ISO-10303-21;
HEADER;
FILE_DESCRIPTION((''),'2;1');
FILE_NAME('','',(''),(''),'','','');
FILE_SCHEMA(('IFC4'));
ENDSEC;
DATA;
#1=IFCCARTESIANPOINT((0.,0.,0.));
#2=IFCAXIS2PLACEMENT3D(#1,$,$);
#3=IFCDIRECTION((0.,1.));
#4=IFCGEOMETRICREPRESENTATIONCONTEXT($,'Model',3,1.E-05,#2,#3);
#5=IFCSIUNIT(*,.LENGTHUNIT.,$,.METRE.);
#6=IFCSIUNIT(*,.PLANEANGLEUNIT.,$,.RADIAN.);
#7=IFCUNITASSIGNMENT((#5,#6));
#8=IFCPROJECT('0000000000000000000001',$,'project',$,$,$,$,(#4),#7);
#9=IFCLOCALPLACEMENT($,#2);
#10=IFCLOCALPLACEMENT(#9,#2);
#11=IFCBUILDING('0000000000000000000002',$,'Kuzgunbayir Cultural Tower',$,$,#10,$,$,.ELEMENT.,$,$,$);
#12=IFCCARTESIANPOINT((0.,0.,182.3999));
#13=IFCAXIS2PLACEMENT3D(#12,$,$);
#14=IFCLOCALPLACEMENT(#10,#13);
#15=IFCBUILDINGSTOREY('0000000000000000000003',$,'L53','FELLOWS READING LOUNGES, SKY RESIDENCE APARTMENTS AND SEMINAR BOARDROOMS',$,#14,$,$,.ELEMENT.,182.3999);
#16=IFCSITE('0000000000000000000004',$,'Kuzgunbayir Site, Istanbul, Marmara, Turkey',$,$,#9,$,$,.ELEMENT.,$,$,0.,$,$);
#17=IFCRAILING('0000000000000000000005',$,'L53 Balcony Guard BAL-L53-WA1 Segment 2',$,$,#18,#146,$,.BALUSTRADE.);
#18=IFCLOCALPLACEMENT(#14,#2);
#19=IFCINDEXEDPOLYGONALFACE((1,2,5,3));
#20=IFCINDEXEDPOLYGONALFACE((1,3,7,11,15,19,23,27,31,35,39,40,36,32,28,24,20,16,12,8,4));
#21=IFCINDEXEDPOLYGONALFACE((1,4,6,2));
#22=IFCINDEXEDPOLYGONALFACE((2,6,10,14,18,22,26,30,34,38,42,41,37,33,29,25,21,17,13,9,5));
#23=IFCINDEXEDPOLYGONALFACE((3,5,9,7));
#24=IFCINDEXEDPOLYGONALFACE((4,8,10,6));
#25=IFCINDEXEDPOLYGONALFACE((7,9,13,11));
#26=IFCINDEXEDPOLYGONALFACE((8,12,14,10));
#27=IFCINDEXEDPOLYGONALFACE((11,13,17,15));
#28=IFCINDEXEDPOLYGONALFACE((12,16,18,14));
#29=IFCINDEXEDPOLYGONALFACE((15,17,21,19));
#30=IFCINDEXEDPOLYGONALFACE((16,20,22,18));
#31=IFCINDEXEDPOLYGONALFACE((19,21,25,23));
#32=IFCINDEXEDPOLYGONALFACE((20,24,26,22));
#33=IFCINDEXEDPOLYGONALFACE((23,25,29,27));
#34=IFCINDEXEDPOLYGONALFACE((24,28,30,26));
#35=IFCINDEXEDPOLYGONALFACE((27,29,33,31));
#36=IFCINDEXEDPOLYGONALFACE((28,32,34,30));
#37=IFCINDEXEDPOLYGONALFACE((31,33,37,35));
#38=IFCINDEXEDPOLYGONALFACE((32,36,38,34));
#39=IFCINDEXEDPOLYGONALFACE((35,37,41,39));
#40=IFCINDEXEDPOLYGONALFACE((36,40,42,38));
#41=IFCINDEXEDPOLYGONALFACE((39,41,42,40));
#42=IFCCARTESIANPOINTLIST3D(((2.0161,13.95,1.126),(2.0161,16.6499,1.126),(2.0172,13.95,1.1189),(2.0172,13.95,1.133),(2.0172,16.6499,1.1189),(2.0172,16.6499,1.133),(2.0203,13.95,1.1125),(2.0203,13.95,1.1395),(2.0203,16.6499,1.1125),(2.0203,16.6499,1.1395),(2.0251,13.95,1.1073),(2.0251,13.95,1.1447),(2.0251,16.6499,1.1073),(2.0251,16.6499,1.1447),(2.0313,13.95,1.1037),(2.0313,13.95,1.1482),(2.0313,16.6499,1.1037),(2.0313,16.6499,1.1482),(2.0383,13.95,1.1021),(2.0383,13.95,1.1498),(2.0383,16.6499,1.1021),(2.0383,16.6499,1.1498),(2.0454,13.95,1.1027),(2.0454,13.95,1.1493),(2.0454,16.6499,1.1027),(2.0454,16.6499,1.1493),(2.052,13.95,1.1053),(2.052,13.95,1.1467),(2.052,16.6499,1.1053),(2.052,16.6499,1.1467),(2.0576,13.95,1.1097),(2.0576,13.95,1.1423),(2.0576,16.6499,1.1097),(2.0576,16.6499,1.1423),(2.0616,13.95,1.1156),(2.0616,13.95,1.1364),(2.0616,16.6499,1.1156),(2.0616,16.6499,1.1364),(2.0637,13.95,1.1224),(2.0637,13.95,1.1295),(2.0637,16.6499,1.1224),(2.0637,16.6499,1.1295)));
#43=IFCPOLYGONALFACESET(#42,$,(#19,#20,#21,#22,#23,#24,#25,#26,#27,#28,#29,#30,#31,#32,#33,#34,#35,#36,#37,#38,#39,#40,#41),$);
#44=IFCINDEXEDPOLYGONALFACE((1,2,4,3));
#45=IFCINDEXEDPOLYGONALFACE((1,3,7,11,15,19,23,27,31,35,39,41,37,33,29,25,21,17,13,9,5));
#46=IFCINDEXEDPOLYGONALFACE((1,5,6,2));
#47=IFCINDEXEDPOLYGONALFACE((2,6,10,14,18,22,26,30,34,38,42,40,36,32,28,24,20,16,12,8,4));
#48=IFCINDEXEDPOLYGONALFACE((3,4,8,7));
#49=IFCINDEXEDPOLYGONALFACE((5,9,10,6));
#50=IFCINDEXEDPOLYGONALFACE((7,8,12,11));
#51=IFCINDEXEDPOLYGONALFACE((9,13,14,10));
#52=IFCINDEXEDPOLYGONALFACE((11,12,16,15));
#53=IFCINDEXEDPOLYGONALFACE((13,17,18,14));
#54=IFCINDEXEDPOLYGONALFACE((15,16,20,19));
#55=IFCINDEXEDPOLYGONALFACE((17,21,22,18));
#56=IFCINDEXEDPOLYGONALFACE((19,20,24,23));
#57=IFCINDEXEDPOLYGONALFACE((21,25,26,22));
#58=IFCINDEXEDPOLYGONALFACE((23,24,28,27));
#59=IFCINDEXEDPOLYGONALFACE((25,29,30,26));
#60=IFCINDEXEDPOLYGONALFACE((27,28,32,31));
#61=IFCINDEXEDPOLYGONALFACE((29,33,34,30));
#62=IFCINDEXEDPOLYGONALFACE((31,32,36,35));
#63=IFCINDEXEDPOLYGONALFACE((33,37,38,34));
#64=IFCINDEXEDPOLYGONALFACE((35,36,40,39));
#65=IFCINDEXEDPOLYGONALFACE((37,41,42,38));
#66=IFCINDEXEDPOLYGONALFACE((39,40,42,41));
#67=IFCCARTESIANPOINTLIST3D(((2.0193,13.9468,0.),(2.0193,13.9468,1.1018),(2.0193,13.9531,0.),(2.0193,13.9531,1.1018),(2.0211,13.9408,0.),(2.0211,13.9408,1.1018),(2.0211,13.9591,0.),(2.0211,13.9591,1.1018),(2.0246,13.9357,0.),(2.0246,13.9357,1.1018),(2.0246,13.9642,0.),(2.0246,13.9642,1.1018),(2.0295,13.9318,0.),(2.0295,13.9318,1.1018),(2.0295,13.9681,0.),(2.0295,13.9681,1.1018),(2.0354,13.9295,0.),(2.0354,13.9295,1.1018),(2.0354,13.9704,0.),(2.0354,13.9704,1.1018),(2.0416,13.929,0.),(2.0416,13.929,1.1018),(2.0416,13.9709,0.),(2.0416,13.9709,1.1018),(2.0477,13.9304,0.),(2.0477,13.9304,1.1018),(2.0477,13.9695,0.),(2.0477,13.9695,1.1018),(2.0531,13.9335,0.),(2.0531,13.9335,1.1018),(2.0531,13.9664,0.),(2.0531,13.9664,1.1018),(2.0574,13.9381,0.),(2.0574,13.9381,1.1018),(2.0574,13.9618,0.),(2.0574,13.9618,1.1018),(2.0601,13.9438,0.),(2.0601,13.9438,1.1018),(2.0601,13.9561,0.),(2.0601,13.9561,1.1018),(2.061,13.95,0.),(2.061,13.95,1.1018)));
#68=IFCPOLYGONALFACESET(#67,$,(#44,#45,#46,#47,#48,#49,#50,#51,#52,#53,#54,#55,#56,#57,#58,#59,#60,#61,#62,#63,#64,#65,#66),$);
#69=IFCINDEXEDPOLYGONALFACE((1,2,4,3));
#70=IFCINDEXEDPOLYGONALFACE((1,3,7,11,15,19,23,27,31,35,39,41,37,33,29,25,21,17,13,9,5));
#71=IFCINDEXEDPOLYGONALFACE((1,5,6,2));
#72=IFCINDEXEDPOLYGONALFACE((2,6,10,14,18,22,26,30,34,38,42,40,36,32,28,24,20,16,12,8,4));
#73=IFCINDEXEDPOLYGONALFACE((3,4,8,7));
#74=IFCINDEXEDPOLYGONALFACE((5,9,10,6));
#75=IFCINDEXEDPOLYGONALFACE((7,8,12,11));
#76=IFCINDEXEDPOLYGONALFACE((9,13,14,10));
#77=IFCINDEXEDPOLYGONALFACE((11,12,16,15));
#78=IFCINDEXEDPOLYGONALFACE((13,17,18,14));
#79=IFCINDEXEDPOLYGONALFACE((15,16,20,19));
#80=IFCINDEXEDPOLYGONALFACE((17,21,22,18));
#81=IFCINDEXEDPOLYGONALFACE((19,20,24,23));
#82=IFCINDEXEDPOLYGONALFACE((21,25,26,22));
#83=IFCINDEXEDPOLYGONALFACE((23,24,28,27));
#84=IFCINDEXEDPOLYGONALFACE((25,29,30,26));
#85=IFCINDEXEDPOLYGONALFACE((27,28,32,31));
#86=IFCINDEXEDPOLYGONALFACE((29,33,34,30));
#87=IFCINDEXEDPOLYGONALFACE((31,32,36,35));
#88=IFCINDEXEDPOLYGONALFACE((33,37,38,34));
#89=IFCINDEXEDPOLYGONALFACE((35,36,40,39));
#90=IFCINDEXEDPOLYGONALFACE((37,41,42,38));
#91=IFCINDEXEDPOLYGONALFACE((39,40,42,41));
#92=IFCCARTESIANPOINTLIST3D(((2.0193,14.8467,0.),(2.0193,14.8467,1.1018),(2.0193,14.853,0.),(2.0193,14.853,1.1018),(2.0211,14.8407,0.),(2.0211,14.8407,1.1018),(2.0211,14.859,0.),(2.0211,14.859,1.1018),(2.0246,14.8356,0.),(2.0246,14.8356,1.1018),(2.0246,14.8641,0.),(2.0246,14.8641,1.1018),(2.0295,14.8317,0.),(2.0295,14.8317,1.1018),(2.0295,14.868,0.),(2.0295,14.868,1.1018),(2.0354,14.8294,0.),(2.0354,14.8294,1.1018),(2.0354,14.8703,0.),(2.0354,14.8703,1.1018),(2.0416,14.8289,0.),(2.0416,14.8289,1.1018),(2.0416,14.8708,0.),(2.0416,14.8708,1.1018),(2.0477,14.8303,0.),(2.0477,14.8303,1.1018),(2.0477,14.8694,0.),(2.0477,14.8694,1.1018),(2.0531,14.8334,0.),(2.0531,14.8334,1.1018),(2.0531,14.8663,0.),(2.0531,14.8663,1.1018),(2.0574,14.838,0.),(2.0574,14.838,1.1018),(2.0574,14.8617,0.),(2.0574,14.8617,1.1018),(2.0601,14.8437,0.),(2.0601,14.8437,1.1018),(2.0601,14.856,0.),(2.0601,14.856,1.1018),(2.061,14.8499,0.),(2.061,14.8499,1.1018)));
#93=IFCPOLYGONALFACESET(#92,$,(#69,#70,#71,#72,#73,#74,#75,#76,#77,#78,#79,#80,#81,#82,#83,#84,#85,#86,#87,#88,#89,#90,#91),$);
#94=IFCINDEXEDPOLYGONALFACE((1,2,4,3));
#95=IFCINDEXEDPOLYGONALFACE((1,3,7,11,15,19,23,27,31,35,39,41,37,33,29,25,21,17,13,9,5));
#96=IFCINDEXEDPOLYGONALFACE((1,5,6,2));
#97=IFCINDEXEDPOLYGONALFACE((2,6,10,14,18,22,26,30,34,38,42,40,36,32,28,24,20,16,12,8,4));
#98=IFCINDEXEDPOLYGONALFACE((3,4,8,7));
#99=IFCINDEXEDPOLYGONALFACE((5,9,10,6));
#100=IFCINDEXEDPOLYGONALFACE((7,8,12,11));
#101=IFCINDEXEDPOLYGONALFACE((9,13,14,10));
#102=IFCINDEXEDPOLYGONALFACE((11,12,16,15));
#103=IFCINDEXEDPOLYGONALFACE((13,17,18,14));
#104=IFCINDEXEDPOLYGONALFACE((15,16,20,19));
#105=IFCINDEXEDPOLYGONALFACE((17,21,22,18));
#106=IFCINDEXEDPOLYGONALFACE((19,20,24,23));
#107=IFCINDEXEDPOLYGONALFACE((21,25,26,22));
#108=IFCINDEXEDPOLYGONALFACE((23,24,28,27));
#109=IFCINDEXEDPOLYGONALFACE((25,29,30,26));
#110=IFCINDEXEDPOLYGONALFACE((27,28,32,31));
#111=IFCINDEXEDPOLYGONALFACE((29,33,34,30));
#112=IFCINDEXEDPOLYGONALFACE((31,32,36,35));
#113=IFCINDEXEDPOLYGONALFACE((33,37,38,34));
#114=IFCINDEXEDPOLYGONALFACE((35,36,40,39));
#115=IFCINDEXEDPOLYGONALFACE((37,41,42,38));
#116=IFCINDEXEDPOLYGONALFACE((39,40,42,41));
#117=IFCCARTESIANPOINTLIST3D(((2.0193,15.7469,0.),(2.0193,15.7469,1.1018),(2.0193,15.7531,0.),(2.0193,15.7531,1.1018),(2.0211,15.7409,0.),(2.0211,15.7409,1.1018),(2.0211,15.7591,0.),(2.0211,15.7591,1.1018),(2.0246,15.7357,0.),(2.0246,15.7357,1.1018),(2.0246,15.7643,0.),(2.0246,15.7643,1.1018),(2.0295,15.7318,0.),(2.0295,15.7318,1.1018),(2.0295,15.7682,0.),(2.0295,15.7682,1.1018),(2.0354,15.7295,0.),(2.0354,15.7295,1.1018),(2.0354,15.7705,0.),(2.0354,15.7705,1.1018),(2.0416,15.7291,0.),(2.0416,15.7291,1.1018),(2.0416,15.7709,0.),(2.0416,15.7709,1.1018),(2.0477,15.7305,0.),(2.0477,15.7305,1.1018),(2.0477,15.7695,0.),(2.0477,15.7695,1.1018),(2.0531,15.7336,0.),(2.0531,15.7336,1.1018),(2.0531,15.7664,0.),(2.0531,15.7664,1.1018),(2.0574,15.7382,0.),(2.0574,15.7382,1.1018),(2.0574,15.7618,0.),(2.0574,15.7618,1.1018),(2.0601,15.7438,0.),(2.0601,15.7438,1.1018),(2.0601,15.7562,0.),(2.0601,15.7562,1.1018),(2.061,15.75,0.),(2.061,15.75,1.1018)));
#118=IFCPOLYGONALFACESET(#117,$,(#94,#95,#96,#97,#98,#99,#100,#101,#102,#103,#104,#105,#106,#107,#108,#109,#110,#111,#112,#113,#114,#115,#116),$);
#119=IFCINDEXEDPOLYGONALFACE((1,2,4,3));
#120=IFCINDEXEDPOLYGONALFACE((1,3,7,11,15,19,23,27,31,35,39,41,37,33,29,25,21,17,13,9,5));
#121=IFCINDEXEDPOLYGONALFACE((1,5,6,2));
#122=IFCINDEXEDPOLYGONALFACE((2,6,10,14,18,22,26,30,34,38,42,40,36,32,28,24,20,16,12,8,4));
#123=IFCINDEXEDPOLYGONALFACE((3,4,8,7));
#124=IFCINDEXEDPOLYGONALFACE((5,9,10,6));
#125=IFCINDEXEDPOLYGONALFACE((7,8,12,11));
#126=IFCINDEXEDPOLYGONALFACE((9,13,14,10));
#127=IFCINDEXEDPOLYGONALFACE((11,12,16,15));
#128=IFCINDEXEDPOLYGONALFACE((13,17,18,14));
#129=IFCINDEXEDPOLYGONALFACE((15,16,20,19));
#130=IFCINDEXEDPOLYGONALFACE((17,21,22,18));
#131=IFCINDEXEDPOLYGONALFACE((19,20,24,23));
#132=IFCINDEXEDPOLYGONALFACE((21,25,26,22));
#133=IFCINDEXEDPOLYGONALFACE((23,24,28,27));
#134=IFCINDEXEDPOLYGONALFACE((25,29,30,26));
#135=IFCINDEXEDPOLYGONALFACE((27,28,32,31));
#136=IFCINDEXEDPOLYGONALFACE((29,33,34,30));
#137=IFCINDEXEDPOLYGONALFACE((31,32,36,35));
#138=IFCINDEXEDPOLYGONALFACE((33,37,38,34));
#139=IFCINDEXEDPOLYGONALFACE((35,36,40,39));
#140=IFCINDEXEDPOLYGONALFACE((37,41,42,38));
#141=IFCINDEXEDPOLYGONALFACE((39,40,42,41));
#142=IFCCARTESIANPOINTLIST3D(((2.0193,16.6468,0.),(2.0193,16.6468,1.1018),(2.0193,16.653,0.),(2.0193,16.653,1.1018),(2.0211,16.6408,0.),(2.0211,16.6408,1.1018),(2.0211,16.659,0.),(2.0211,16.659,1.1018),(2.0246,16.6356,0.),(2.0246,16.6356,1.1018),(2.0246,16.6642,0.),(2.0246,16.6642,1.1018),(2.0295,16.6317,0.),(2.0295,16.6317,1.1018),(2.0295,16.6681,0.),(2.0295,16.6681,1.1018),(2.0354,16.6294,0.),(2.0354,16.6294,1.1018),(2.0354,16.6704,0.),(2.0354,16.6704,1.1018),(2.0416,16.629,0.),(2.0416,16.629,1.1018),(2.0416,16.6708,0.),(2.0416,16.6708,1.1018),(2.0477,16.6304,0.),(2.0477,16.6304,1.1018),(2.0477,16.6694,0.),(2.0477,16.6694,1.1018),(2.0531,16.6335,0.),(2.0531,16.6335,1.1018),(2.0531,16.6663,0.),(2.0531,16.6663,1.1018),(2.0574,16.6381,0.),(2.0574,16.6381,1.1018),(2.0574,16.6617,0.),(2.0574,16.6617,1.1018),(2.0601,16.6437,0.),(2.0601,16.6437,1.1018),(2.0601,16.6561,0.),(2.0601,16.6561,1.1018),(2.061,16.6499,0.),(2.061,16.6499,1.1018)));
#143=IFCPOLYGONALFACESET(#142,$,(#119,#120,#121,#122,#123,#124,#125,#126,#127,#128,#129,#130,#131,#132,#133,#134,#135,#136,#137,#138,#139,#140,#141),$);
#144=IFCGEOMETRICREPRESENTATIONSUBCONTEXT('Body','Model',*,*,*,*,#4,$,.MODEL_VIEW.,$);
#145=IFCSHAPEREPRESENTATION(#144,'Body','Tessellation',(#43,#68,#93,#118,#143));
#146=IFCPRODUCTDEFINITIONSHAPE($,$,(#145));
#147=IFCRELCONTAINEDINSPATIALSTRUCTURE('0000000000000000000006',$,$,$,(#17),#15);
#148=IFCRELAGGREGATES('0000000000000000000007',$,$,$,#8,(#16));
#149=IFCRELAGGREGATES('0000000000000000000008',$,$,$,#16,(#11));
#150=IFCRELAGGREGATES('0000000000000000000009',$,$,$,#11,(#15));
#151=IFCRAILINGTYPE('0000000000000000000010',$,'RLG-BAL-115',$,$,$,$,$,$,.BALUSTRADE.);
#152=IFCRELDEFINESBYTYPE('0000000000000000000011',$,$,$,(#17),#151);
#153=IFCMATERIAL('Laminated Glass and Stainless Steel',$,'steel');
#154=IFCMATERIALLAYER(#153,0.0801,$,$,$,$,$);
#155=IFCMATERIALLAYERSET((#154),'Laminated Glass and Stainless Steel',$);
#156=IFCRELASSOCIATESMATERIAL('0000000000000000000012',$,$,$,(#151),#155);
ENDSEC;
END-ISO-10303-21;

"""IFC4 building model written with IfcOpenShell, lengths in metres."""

from ifc_helpers import new_model, si_unit, direction, frame, origin, origin_2d, place, context, subcontext, project, spatial, circle, extrude, material, layer, layer_set, type_object, element, save


model = new_model("IFC4")

# Units and contexts
model_context = context("Model", 3, precision=1e-05, world=origin(), true_north=direction((0.0, 1.0)))
body_context = subcontext(model_context, "Body", "Model", "MODEL_VIEW")
ifc_project = project(units=[si_unit("LENGTHUNIT", "METRE"), si_unit("PLANEANGLEUNIT", "RADIAN")], contexts=[model_context])

# Site, building, storey
site_placement = place(None, origin())
site = spatial("IfcSite", under=ifc_project, at=site_placement, Name="Kuzgunbayir Site, Istanbul, Marmara, Turkey", CompositionType="ELEMENT", RefElevation=0.0)
building_placement = place(site_placement, origin())
building = spatial("IfcBuilding", under=site, at=building_placement, Name="Kuzgunbayir Cultural Tower", CompositionType="ELEMENT")
storey_placement = place(building_placement, frame((0.0, 0.0, 182.3999)))
storey = spatial("IfcBuildingStorey", under=building, at=storey_placement, Name="L53", Description="FELLOWS READING LOUNGES, SKY RESIDENCE APARTMENTS AND SEMINAR BOARDROOMS", CompositionType="ELEMENT", Elevation=182.3999)

# Railing
ifc_material_1 = material(Name="Laminated Glass and Stainless Steel", Category="steel")
ifc_layer_1 = layer(ifc_material_1, 0.0801)
ifc_layer_set_1 = layer_set([ifc_layer_1], Name="Laminated Glass and Stainless Steel")
railing_type = type_object("IfcRailingType", Name="RLG-BAL-115", PredefinedType="BALUSTRADE", material=ifc_layer_set_1)
railing_1_placement = place(storey_placement, frame((2.04, 13.95, 0.0)))
element("IfcRailing", 1, at=railing_1_placement, inside=storey, type_object=railing_type, Name="L53 Balcony Guard BAL-L53-WA1 Segment 2", PredefinedType="BALUSTRADE", context=body_context, shape_type="SweptSolid", body=[
    extrude(circle(Radius=0.0239, at=origin_2d()), frame((0.0, 0.0, 1.126), z_axis=(0.0, 1.0, 0.0), x_axis=(-1.0, 0.0, 0.0)), (0.0, 0.0, 1.0), 2.7),
    extrude(circle(Radius=0.021, at=origin_2d()), origin(), (0.0, 0.0, 1.0), 1.1018),
    extrude(circle(Radius=0.021, at=origin_2d()), frame((0.0, 0.8999, 0.0)), (0.0, 0.0, 1.0), 1.1018),
    extrude(circle(Radius=0.021, at=origin_2d()), frame((0.0, 1.8, 0.0)), (0.0, 0.0, 1.0), 1.1018),
    extrude(circle(Radius=0.021, at=origin_2d()), frame((0.0, 2.7, 0.0)), (0.0, 0.0, 1.0), 1.1018),
])

save(model, "model.ifc")
